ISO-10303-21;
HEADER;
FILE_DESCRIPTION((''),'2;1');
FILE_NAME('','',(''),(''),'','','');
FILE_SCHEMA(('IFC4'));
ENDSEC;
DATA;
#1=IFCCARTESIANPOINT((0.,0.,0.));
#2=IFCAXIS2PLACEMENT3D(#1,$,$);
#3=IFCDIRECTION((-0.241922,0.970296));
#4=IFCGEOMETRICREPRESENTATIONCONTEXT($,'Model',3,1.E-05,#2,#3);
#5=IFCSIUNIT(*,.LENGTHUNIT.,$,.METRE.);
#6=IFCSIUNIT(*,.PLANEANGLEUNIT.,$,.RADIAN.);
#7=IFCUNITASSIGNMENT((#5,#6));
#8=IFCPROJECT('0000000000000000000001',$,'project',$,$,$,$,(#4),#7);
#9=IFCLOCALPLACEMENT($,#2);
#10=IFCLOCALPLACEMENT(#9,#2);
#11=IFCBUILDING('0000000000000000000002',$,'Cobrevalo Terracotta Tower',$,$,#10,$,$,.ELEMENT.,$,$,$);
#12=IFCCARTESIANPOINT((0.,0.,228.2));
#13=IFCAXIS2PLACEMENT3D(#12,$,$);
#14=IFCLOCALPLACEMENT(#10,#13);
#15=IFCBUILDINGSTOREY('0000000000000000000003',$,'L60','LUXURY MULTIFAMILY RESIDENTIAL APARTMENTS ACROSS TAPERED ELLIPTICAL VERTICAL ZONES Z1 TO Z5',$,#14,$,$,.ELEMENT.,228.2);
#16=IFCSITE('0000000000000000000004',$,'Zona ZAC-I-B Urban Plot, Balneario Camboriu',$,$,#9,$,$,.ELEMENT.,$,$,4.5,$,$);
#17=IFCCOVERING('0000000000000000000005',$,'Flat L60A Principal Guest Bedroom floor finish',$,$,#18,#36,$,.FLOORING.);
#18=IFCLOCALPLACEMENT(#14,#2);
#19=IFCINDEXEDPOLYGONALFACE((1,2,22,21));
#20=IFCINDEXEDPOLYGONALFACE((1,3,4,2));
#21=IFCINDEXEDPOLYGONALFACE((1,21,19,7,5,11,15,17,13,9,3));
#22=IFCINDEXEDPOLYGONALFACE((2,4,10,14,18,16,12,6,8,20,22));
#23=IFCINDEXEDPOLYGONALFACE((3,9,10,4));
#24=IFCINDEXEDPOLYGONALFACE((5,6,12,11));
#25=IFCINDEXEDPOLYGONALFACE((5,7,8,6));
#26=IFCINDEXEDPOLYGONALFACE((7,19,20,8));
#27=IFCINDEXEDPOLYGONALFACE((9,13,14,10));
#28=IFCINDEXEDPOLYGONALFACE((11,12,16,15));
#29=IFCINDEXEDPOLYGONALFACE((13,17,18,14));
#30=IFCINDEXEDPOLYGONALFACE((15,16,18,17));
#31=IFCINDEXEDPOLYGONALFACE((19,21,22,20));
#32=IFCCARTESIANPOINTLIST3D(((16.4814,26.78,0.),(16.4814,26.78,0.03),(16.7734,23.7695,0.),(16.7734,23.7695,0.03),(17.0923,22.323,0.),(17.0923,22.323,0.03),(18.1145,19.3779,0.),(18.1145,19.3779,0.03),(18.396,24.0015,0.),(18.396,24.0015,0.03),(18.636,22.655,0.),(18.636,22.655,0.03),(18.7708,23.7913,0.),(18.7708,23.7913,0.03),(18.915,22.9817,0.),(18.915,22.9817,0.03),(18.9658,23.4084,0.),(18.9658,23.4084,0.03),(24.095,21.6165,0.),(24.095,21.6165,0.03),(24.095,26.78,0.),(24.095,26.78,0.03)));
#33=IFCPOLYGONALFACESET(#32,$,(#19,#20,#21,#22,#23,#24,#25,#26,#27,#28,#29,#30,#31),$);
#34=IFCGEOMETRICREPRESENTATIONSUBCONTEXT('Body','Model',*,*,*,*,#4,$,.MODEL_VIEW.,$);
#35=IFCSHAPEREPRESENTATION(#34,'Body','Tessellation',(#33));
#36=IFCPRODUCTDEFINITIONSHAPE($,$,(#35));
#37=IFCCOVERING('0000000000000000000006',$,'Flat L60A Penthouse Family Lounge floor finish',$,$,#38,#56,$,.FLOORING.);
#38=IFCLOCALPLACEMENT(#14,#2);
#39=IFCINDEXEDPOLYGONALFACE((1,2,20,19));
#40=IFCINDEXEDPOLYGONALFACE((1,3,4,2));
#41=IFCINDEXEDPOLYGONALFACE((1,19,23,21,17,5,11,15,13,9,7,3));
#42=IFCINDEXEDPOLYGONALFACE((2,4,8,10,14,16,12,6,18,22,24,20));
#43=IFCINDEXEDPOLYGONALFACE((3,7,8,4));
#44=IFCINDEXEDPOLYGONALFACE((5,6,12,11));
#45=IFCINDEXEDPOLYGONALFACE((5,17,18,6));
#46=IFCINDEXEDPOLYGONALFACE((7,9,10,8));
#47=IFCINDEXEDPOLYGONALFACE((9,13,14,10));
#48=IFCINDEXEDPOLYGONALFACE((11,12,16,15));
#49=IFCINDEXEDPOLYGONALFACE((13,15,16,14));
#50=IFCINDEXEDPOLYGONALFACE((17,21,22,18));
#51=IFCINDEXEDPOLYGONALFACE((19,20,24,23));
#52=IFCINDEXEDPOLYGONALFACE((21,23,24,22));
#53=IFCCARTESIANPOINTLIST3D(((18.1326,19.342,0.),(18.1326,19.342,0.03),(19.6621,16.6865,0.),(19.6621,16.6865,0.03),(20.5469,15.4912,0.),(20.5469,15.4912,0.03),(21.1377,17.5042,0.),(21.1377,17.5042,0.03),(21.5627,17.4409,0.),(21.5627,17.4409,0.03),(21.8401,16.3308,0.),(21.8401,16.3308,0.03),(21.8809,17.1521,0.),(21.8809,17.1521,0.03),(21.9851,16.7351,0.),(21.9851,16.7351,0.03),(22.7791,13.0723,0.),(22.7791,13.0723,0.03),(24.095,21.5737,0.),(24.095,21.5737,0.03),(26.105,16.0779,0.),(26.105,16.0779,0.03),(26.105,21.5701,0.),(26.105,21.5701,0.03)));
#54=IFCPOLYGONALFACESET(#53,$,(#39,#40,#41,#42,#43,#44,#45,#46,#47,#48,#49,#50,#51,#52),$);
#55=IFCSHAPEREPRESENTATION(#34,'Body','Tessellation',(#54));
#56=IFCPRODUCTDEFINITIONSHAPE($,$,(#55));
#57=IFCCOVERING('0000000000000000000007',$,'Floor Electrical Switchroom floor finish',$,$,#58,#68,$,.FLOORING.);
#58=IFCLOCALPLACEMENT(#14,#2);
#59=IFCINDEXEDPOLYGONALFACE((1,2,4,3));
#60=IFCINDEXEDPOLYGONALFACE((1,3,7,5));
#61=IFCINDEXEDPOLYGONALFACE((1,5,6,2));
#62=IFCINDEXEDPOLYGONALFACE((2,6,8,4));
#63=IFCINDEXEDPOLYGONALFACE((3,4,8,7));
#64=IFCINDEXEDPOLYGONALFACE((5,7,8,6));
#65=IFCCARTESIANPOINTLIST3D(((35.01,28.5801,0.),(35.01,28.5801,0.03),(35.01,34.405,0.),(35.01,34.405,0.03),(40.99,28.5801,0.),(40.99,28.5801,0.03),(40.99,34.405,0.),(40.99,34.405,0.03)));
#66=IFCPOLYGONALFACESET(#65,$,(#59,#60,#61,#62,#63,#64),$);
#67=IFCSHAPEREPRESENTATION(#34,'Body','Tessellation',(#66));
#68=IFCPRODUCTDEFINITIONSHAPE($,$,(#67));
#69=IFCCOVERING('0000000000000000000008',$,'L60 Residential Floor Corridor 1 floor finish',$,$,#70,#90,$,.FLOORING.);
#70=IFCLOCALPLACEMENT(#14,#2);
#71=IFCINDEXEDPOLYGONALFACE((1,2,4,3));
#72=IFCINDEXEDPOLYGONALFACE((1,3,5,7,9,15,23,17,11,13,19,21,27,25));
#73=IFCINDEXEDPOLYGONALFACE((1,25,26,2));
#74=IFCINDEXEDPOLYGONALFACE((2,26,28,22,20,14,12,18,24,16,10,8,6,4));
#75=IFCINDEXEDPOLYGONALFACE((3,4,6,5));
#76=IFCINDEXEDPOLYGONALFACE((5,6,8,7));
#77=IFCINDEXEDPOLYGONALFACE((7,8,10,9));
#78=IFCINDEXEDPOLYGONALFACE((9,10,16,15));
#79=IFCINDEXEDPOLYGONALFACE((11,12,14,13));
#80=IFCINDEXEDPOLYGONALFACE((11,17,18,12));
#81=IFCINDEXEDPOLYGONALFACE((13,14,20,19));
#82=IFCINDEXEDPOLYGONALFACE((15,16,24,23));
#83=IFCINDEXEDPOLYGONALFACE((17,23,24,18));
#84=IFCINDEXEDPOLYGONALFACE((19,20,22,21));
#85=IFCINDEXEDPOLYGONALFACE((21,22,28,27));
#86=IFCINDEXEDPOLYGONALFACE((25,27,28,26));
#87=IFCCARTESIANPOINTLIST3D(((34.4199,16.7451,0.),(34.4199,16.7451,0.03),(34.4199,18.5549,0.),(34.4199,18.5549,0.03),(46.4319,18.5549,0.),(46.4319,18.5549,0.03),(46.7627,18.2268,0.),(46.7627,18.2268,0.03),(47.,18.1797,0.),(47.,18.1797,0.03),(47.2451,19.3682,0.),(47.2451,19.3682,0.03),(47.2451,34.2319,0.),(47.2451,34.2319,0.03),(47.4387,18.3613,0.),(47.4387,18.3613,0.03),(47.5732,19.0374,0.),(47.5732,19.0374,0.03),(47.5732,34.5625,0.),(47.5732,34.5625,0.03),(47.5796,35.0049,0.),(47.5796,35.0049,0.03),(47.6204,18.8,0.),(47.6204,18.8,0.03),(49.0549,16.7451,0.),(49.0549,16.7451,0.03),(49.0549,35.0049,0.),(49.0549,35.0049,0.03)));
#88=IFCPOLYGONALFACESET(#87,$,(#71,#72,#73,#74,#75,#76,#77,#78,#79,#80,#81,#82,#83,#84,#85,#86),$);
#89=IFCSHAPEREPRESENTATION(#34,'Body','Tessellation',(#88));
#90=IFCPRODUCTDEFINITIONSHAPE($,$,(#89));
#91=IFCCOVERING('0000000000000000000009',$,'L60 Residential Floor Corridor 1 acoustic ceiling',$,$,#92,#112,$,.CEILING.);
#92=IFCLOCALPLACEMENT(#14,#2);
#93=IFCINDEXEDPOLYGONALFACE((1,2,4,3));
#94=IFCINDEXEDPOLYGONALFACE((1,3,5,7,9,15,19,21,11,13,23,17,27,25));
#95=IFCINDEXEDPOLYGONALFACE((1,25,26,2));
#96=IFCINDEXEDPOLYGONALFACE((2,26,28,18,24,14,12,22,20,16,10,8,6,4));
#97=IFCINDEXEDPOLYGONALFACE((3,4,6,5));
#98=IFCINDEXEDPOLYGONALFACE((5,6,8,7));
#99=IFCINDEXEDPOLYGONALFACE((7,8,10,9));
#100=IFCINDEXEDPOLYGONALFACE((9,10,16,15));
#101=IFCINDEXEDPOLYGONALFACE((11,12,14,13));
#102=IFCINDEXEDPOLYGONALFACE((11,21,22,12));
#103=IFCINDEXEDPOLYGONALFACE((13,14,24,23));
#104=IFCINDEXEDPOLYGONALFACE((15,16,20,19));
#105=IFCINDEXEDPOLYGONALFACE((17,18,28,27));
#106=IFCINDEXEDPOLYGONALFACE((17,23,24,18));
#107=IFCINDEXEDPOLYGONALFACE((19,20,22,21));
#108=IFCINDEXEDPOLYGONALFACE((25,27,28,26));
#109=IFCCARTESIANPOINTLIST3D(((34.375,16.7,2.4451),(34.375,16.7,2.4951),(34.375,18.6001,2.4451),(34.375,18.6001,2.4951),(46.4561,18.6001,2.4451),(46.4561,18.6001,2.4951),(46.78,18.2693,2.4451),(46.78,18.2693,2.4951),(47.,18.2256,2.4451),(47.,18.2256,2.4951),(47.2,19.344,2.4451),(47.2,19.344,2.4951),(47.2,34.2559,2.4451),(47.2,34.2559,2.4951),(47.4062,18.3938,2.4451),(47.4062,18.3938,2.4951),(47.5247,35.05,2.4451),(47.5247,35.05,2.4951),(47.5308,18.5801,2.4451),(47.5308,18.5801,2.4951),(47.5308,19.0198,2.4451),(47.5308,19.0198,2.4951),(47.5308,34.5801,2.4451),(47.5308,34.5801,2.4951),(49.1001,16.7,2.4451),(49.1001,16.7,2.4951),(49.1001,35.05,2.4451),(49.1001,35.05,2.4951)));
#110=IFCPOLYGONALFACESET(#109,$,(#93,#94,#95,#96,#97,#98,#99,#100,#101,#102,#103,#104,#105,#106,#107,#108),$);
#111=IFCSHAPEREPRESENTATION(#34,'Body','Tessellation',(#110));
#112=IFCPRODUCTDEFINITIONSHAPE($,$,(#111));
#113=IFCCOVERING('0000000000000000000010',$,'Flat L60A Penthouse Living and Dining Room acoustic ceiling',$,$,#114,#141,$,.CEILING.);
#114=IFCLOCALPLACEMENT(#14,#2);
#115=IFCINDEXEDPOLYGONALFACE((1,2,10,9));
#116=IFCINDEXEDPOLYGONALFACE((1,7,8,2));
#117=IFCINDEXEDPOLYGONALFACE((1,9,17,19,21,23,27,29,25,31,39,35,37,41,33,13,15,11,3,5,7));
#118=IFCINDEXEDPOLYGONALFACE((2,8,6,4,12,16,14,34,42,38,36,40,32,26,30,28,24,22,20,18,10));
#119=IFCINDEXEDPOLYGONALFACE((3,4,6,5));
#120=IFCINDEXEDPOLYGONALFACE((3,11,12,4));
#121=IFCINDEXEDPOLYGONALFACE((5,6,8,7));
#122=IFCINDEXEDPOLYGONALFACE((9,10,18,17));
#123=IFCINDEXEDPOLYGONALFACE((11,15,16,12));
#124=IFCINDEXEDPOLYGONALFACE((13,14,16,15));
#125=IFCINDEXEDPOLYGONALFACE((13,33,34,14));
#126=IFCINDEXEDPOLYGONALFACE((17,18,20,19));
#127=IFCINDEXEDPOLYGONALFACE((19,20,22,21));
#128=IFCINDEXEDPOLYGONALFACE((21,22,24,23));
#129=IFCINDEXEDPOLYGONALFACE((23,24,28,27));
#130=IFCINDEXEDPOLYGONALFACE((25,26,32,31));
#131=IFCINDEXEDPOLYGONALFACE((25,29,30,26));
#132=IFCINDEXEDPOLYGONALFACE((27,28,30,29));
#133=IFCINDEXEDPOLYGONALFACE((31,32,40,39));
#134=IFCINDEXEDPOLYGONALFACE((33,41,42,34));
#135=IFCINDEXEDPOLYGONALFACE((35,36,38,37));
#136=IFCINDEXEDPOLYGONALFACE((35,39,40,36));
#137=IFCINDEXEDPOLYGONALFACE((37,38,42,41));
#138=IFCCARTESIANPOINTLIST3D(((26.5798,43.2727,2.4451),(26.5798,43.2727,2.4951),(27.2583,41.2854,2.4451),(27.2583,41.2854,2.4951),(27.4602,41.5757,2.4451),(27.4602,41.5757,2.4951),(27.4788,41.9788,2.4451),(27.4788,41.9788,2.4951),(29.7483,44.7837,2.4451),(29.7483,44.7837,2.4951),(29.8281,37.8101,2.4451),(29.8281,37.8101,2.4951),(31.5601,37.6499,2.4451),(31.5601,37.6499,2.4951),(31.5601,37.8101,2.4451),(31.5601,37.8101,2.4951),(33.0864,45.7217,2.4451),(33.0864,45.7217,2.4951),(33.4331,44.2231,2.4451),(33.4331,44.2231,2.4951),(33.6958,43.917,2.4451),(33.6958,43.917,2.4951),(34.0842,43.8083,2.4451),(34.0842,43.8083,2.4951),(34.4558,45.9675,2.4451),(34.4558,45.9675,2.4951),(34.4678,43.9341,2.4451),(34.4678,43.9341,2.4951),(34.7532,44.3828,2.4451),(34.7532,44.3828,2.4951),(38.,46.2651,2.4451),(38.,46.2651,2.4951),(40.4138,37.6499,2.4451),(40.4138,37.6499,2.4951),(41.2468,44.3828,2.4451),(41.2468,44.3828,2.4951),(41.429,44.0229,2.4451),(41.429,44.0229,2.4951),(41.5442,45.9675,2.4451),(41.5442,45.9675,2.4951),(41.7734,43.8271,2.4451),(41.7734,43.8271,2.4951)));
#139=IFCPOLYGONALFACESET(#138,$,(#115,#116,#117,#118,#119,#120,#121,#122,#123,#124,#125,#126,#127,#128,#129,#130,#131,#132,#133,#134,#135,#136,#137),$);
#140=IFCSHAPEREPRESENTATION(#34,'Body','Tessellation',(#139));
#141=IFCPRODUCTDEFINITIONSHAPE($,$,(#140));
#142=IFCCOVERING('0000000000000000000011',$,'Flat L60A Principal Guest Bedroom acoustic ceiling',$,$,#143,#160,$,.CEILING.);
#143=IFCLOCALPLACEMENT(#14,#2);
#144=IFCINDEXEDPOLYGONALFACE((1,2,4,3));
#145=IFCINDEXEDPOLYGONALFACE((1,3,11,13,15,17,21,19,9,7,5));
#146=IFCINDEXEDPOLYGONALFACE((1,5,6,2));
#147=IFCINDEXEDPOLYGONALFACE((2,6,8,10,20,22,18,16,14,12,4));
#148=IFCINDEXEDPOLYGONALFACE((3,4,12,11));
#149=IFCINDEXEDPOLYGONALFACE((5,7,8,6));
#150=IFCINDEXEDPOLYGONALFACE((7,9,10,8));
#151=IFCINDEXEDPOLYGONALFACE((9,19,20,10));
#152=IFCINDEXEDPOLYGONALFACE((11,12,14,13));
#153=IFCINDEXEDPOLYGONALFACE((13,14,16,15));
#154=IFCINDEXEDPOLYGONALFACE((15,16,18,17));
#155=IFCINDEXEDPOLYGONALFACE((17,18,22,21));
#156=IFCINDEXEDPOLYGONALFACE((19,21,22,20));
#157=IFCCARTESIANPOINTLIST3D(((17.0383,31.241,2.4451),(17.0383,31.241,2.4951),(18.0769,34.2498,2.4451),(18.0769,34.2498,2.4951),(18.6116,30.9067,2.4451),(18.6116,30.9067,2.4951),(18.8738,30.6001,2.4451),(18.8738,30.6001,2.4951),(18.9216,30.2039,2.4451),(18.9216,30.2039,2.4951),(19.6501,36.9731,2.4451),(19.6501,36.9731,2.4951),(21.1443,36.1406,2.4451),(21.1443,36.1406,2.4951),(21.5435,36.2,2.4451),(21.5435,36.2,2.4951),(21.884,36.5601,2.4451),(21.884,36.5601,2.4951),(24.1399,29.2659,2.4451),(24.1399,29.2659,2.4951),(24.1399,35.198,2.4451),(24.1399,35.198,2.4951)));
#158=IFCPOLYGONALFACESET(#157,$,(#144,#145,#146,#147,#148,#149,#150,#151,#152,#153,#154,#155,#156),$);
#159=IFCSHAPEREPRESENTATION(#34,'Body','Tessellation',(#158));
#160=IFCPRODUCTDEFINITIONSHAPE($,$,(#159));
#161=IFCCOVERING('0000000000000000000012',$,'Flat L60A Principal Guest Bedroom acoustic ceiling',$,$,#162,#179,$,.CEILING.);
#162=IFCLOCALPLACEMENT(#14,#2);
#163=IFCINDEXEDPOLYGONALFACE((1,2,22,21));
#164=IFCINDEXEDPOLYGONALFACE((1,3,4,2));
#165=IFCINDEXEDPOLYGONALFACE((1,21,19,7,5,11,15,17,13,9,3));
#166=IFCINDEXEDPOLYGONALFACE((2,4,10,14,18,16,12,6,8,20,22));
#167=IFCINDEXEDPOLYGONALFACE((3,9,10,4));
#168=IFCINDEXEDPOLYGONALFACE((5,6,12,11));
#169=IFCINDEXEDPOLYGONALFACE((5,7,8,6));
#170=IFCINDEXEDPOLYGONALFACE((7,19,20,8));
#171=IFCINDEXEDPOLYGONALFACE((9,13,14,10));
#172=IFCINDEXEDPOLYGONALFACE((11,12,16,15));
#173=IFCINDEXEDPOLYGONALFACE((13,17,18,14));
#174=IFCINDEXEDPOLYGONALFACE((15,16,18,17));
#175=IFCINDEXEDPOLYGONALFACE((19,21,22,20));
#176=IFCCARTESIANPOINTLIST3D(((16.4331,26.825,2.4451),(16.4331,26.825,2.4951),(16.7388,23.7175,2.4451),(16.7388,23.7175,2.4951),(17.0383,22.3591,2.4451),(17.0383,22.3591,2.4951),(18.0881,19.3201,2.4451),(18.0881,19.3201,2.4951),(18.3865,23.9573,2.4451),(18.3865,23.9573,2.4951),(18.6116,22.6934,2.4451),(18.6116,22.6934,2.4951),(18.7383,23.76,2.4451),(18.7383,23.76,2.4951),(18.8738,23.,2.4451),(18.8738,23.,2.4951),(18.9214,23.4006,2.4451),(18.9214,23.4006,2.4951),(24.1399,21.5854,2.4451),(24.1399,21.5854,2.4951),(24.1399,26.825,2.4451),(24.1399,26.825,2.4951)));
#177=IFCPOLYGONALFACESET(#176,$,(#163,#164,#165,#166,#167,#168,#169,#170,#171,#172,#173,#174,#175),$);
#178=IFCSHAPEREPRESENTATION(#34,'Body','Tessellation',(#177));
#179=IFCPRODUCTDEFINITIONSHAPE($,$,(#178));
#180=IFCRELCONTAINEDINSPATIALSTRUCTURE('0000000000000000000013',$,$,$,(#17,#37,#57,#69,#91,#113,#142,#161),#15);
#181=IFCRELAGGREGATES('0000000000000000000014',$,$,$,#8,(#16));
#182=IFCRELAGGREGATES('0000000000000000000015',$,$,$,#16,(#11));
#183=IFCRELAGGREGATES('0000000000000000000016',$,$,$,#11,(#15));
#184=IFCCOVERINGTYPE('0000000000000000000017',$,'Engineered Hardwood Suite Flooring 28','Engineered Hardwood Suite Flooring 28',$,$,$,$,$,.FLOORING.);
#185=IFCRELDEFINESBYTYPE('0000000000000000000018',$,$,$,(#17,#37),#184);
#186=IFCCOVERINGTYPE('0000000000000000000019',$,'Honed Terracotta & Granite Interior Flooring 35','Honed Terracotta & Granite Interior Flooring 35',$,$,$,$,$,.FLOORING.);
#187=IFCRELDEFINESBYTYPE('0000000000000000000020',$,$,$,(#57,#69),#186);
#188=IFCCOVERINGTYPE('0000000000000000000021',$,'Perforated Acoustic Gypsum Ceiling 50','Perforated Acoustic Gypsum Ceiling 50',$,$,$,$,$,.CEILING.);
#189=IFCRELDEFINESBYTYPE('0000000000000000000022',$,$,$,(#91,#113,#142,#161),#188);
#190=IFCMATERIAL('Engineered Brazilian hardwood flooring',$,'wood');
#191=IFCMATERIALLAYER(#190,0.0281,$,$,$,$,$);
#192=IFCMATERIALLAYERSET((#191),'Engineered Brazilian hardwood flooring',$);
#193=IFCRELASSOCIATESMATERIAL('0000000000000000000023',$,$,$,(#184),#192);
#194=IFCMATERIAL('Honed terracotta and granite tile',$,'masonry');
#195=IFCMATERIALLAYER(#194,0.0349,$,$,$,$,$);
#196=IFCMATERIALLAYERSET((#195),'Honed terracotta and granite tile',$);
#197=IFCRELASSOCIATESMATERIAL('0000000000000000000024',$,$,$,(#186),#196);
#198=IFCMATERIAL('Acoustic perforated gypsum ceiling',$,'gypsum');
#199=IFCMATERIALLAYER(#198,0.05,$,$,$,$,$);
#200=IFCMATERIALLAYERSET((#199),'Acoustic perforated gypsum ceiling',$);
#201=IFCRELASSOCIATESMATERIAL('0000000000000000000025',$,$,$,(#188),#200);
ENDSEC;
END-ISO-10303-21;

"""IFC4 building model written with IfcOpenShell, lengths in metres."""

from ifc_helpers import new_model, si_unit, direction, frame, origin, place, context, subcontext, project, spatial, polyline, outline, extrude, material, layer, layer_set, type_object, element, save


model = new_model("IFC4")

# Units and contexts
model_context = context("Model", 3, precision=1e-05, world=origin(), true_north=direction((-0.241922, 0.970296)))
body_context = subcontext(model_context, "Body", "Model", "MODEL_VIEW")
ifc_project = project(units=[si_unit("LENGTHUNIT", "METRE"), si_unit("PLANEANGLEUNIT", "RADIAN")], contexts=[model_context])

# Site, building, storey
site_placement = place(None, origin())
site = spatial("IfcSite", under=ifc_project, at=site_placement, Name="Zona ZAC-I-B Urban Plot, Balneario Camboriu", CompositionType="ELEMENT", RefElevation=4.5)
building_placement = place(site_placement, origin())
building = spatial("IfcBuilding", under=site, at=building_placement, Name="Cobrevalo Terracotta Tower", CompositionType="ELEMENT")
storey_placement = place(building_placement, frame((0.0, 0.0, 228.2)))
storey = spatial("IfcBuildingStorey", under=building, at=storey_placement, Name="L60", Description="LUXURY MULTIFAMILY RESIDENTIAL APARTMENTS ACROSS TAPERED ELLIPTICAL VERTICAL ZONES Z1 TO Z5", CompositionType="ELEMENT", Elevation=228.2)

# Coverings
ifc_material_1 = material(Name="Engineered Brazilian hardwood flooring", Category="wood")
ifc_layer_1 = layer(ifc_material_1, 0.0281)
ifc_layer_set_1 = layer_set([ifc_layer_1], Name="Engineered Brazilian hardwood flooring")
covering_type_1 = type_object("IfcCoveringType", Name="Engineered Hardwood Suite Flooring 28", Description="Engineered Hardwood Suite Flooring 28", PredefinedType="FLOORING", material=ifc_layer_set_1)
covering_1_placement = place(storey_placement, origin())
element("IfcCovering", 1, at=covering_1_placement, inside=storey, type_object=covering_type_1, Name="Flat L60A Principal Guest Bedroom floor finish", PredefinedType="FLOORING", context=body_context, shape_type="SweptSolid", body=[
    extrude(outline(polyline([(18.1145, 19.3779), (17.0923, 22.323), (18.636, 22.655), (18.915, 22.9817), (18.9658, 23.4084), (18.7708, 23.7913), (18.396, 24.0015), (16.7734, 23.7695), (16.4814, 26.78), (24.095, 26.78), (24.095, 21.6165), (18.1145, 19.3779)])), origin(), (0.0, 0.0, 1.0), 0.03),
])
covering_2_placement = place(storey_placement, origin())
element("IfcCovering", 2, at=covering_2_placement, inside=storey, type_object=covering_type_1, Name="Flat L60A Penthouse Family Lounge floor finish", PredefinedType="FLOORING", context=body_context, shape_type="SweptSolid", body=[
    extrude(outline(polyline([(22.7791, 13.0723), (20.5469, 15.4912), (21.8401, 16.3308), (21.9851, 16.7351), (21.8809, 17.1521), (21.5627, 17.4409), (21.1377, 17.5042), (19.6621, 16.6865), (18.1326, 19.342), (24.095, 21.5737), (26.105, 21.5701), (26.105, 16.0779), (22.7791, 13.0723)])), origin(), (0.0, 0.0, 1.0), 0.03),
])
ifc_material_2 = material(Name="Honed terracotta and granite tile", Category="masonry")
ifc_layer_2 = layer(ifc_material_2, 0.0349)
ifc_layer_set_2 = layer_set([ifc_layer_2], Name="Honed terracotta and granite tile")
covering_type_2 = type_object("IfcCoveringType", Name="Honed Terracotta & Granite Interior Flooring 35", Description="Honed Terracotta & Granite Interior Flooring 35", PredefinedType="FLOORING", material=ifc_layer_set_2)
covering_3_placement = place(storey_placement, origin())
element("IfcCovering", 3, at=covering_3_placement, inside=storey, type_object=covering_type_2, Name="Floor Electrical Switchroom floor finish", PredefinedType="FLOORING", context=body_context, shape_type="SweptSolid", body=[
    extrude(outline(polyline([(35.01, 34.405), (40.99, 34.405), (40.99, 28.5801), (35.01, 28.5801), (35.01, 34.405)])), origin(), (0.0, 0.0, 1.0), 0.03),
])
covering_4_placement = place(storey_placement, origin())
element("IfcCovering", 4, at=covering_4_placement, inside=storey, type_object=covering_type_2, Name="L60 Residential Floor Corridor 1 floor finish", PredefinedType="FLOORING", context=body_context, shape_type="SweptSolid", body=[
    extrude(outline(polyline([(34.4199, 18.5549), (46.4319, 18.5549), (46.7627, 18.2268), (47.0, 18.1797), (47.4387, 18.3613), (47.6204, 18.8), (47.5732, 19.0374), (47.2451, 19.3682), (47.2451, 34.2319), (47.5732, 34.5625), (47.5796, 35.0049), (49.0549, 35.0049), (49.0549, 16.7451), (34.4199, 16.7451), (34.4199, 18.5549)])), origin(), (0.0, 0.0, 1.0), 0.03),
])
ifc_material_3 = material(Name="Acoustic perforated gypsum ceiling", Category="gypsum")
ifc_layer_3 = layer(ifc_material_3, 0.05)
ifc_layer_set_3 = layer_set([ifc_layer_3], Name="Acoustic perforated gypsum ceiling")
covering_type_3 = type_object("IfcCoveringType", Name="Perforated Acoustic Gypsum Ceiling 50", Description="Perforated Acoustic Gypsum Ceiling 50", PredefinedType="CEILING", material=ifc_layer_set_3)
covering_5_placement = place(storey_placement, frame((0.0, 0.0, 2.4451)))
element("IfcCovering", 5, at=covering_5_placement, inside=storey, type_object=covering_type_3, Name="L60 Residential Floor Corridor 1 acoustic ceiling", PredefinedType="CEILING", context=body_context, shape_type="SweptSolid", body=[
    extrude(outline(polyline([(34.375, 18.6001), (46.4561, 18.6001), (46.78, 18.2693), (47.0, 18.2256), (47.4062, 18.3938), (47.5308, 18.5801), (47.5308, 19.0198), (47.2, 19.344), (47.2, 34.2559), (47.5308, 34.5801), (47.5247, 35.05), (49.1001, 35.05), (49.1001, 16.7), (34.375, 16.7), (34.375, 18.6001)])), origin(), (0.0, 0.0, 1.0), 0.05),
])
covering_6_placement = place(storey_placement, frame((0.0, 0.0, 2.4451)))
element("IfcCovering", 6, at=covering_6_placement, inside=storey, type_object=covering_type_3, Name="Flat L60A Penthouse Living and Dining Room acoustic ceiling", PredefinedType="CEILING", context=body_context, shape_type="SweptSolid", body=[
    extrude(outline(polyline([(29.7483, 44.7837), (33.0864, 45.7217), (33.4331, 44.2231), (33.6958, 43.917), (34.0842, 43.8083), (34.4678, 43.9341), (34.7532, 44.3828), (34.4558, 45.9675), (38.0, 46.2651), (41.5442, 45.9675), (41.2468, 44.3828), (41.429, 44.0229), (41.7734, 43.8271), (40.4138, 37.6499), (31.5601, 37.6499), (31.5601, 37.8101), (29.8281, 37.8101), (27.2583, 41.2854), (27.4602, 41.5757), (27.4788, 41.9788), (26.5798, 43.2727), (29.7483, 44.7837)])), origin(), (0.0, 0.0, 1.0), 0.05),
])
covering_7_placement = place(storey_placement, frame((0.0, 0.0, 2.4451)))
element("IfcCovering", 7, at=covering_7_placement, inside=storey, type_object=covering_type_3, Name="Flat L60A Principal Guest Bedroom acoustic ceiling", PredefinedType="CEILING", context=body_context, shape_type="SweptSolid", body=[
    extrude(outline(polyline([(18.0769, 34.2498), (19.6501, 36.9731), (21.1443, 36.1406), (21.5435, 36.2), (21.884, 36.5601), (24.1399, 35.198), (24.1399, 29.2659), (18.9216, 30.2039), (18.8738, 30.6001), (18.6116, 30.9067), (17.0383, 31.241), (18.0769, 34.2498)])), origin(), (0.0, 0.0, 1.0), 0.05),
])
covering_8_placement = place(storey_placement, frame((0.0, 0.0, 2.4451)))
element("IfcCovering", 8, at=covering_8_placement, inside=storey, type_object=covering_type_3, Name="Flat L60A Principal Guest Bedroom acoustic ceiling", PredefinedType="CEILING", context=body_context, shape_type="SweptSolid", body=[
    extrude(outline(polyline([(18.0881, 19.3201), (17.0383, 22.3591), (18.6116, 22.6934), (18.8738, 23.0), (18.9214, 23.4006), (18.7383, 23.76), (18.3865, 23.9573), (16.7388, 23.7175), (16.4331, 26.825), (24.1399, 26.825), (24.1399, 21.5854), (18.0881, 19.3201)])), origin(), (0.0, 0.0, 1.0), 0.05),
])

save(model, "model.ifc")
